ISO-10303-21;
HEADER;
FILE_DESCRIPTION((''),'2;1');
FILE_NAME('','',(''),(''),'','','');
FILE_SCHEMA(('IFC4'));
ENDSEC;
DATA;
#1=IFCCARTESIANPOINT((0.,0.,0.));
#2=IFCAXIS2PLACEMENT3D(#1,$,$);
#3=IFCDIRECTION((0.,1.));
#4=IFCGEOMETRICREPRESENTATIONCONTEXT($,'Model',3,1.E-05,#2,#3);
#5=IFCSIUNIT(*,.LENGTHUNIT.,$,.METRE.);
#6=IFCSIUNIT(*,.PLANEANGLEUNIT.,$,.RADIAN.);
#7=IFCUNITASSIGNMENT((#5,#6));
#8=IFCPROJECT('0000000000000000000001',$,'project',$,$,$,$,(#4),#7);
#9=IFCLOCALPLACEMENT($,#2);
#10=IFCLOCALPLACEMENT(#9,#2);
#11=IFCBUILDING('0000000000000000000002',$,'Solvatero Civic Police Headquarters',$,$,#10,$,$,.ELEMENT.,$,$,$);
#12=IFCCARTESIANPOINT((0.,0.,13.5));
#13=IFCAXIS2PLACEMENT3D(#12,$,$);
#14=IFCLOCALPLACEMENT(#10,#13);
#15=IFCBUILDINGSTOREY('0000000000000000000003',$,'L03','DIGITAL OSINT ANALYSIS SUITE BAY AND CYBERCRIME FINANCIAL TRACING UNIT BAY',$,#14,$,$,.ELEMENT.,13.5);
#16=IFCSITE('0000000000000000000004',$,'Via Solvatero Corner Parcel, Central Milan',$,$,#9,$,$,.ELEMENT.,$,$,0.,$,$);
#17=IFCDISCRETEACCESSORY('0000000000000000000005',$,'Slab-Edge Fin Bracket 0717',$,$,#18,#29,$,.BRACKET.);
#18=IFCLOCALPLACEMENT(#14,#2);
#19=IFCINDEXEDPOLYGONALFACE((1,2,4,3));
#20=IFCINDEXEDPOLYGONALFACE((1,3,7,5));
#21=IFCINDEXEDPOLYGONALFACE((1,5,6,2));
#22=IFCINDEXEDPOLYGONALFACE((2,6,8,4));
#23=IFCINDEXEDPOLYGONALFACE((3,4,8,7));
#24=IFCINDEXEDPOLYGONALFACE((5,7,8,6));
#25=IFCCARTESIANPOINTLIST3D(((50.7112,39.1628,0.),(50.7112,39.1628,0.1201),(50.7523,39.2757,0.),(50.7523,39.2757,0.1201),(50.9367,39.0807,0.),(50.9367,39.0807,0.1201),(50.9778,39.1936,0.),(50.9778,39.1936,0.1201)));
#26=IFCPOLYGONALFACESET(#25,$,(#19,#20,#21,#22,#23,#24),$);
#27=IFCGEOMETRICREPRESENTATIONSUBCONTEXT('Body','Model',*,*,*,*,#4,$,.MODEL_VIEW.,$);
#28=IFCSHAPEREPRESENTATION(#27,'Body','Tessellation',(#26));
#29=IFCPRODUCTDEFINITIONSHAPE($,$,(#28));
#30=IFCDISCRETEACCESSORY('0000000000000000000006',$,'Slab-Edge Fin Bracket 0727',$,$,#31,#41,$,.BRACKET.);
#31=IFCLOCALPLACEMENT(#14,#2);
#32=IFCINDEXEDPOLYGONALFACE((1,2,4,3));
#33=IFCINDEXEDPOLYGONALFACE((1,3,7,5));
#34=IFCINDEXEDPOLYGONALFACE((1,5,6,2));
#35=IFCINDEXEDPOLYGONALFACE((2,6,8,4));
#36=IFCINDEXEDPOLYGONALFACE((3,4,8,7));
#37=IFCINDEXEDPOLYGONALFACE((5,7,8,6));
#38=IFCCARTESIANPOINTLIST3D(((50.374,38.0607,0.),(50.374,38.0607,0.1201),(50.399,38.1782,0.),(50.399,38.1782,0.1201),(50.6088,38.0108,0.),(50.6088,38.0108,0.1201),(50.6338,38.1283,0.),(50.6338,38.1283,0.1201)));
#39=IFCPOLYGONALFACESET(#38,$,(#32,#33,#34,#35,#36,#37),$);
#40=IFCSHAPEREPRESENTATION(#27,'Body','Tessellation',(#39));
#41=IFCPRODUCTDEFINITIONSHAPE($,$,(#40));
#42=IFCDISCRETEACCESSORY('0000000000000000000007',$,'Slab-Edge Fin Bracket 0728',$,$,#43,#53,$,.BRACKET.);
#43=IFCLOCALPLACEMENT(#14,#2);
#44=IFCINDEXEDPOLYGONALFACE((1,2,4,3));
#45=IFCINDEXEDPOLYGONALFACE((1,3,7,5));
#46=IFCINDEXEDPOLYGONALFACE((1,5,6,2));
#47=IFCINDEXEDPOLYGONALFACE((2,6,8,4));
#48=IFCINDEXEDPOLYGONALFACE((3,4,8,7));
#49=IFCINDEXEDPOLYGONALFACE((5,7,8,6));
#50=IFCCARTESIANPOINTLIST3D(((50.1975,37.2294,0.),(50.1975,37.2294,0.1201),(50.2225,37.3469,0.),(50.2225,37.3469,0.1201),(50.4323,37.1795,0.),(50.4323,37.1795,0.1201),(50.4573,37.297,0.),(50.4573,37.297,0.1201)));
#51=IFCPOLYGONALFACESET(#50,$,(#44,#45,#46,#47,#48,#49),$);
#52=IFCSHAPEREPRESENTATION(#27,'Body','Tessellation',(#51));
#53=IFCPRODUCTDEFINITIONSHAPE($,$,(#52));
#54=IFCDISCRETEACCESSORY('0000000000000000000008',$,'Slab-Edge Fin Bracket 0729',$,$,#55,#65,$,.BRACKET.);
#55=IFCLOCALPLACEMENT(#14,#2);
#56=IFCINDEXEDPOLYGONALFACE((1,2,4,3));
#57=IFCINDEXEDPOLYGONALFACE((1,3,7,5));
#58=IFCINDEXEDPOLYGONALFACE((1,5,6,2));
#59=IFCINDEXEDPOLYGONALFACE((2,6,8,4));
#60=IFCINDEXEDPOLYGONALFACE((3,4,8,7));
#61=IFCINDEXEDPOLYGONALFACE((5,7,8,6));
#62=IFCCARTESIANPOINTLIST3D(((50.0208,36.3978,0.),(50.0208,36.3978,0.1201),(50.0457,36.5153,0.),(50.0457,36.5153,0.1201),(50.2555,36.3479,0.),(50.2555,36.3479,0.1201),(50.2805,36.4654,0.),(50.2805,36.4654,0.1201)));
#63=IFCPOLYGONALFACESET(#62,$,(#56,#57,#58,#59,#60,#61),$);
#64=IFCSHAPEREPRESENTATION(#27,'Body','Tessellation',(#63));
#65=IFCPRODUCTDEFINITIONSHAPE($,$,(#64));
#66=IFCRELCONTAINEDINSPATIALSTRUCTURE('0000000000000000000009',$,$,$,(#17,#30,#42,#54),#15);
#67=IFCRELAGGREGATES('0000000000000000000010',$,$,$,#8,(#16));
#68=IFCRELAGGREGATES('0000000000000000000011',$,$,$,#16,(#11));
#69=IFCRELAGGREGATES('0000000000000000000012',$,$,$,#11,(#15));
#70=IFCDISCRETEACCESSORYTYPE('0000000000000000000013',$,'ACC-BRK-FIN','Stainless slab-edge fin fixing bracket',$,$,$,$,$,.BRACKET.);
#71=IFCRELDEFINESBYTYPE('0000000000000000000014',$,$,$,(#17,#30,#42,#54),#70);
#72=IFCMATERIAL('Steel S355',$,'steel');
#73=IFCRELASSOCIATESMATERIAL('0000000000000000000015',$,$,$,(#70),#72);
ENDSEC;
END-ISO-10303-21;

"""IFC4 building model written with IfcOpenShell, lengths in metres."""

from ifc_helpers import new_model, si_unit, direction, frame, origin, origin_2d, place, context, subcontext, project, spatial, rectangle, extrude, material, type_object, element, save


model = new_model("IFC4")

# Units and contexts
model_context = context("Model", 3, precision=1e-05, world=origin(), true_north=direction((0.0, 1.0)))
body_context = subcontext(model_context, "Body", "Model", "MODEL_VIEW")
ifc_project = project(units=[si_unit("LENGTHUNIT", "METRE"), si_unit("PLANEANGLEUNIT", "RADIAN")], contexts=[model_context])

# Site, building, storey
site_placement = place(None, origin())
site = spatial("IfcSite", under=ifc_project, at=site_placement, Name="Via Solvatero Corner Parcel, Central Milan", CompositionType="ELEMENT", RefElevation=0.0)
building_placement = place(site_placement, origin())
building = spatial("IfcBuilding", under=site, at=building_placement, Name="Solvatero Civic Police Headquarters", CompositionType="ELEMENT")
storey_placement = place(building_placement, frame((0.0, 0.0, 13.5)))
storey = spatial("IfcBuildingStorey", under=building, at=storey_placement, Name="L03", Description="DIGITAL OSINT ANALYSIS SUITE BAY AND CYBERCRIME FINANCIAL TRACING UNIT BAY", CompositionType="ELEMENT", Elevation=13.5)

# Shared definitions
ifc_material_1 = material(Name="Steel S355", Category="steel")

# Discrete accessories
discrete_accessory_type = type_object("IfcDiscreteAccessoryType", Name="ACC-BRK-FIN", Description="Stainless slab-edge fin fixing bracket", PredefinedType="BRACKET", material=ifc_material_1)
for number, where, z_axis, x_axis, name in (
    (1, (50.8445, 39.1782, 0.0), (0.0, 0.0, 1.0), (-0.34202, -0.939693, 0.0), "Slab-Edge Fin Bracket 0717"),
    (2, (50.5039, 38.0945, 0.0), (0.0, 0.0, 1.0), (-0.207912, -0.978148, 0.0), "Slab-Edge Fin Bracket 0727"),
    (3, (50.3274, 37.2632, 0.0), (0.0, 0.0, 1.0), (-0.207912, -0.978148, 0.0), "Slab-Edge Fin Bracket 0728"),
    (4, (50.1506, 36.4316, 0.0), (0.0, 0.0, 1.0), (-0.207912, -0.978148, 0.0), "Slab-Edge Fin Bracket 0729"),
):
    element("IfcDiscreteAccessory", number, at=place(storey_placement, frame(where, z_axis=z_axis, x_axis=x_axis)), inside=storey, type_object=discrete_accessory_type, Name=name, PredefinedType="BRACKET", context=body_context, shape_type="SweptSolid", body=[
        extrude(rectangle(XDim=0.1201, YDim=0.24, at=origin_2d()), origin(), (0.0, 0.0, 1.0), 0.1201),
    ])

save(model, "model.ifc")
